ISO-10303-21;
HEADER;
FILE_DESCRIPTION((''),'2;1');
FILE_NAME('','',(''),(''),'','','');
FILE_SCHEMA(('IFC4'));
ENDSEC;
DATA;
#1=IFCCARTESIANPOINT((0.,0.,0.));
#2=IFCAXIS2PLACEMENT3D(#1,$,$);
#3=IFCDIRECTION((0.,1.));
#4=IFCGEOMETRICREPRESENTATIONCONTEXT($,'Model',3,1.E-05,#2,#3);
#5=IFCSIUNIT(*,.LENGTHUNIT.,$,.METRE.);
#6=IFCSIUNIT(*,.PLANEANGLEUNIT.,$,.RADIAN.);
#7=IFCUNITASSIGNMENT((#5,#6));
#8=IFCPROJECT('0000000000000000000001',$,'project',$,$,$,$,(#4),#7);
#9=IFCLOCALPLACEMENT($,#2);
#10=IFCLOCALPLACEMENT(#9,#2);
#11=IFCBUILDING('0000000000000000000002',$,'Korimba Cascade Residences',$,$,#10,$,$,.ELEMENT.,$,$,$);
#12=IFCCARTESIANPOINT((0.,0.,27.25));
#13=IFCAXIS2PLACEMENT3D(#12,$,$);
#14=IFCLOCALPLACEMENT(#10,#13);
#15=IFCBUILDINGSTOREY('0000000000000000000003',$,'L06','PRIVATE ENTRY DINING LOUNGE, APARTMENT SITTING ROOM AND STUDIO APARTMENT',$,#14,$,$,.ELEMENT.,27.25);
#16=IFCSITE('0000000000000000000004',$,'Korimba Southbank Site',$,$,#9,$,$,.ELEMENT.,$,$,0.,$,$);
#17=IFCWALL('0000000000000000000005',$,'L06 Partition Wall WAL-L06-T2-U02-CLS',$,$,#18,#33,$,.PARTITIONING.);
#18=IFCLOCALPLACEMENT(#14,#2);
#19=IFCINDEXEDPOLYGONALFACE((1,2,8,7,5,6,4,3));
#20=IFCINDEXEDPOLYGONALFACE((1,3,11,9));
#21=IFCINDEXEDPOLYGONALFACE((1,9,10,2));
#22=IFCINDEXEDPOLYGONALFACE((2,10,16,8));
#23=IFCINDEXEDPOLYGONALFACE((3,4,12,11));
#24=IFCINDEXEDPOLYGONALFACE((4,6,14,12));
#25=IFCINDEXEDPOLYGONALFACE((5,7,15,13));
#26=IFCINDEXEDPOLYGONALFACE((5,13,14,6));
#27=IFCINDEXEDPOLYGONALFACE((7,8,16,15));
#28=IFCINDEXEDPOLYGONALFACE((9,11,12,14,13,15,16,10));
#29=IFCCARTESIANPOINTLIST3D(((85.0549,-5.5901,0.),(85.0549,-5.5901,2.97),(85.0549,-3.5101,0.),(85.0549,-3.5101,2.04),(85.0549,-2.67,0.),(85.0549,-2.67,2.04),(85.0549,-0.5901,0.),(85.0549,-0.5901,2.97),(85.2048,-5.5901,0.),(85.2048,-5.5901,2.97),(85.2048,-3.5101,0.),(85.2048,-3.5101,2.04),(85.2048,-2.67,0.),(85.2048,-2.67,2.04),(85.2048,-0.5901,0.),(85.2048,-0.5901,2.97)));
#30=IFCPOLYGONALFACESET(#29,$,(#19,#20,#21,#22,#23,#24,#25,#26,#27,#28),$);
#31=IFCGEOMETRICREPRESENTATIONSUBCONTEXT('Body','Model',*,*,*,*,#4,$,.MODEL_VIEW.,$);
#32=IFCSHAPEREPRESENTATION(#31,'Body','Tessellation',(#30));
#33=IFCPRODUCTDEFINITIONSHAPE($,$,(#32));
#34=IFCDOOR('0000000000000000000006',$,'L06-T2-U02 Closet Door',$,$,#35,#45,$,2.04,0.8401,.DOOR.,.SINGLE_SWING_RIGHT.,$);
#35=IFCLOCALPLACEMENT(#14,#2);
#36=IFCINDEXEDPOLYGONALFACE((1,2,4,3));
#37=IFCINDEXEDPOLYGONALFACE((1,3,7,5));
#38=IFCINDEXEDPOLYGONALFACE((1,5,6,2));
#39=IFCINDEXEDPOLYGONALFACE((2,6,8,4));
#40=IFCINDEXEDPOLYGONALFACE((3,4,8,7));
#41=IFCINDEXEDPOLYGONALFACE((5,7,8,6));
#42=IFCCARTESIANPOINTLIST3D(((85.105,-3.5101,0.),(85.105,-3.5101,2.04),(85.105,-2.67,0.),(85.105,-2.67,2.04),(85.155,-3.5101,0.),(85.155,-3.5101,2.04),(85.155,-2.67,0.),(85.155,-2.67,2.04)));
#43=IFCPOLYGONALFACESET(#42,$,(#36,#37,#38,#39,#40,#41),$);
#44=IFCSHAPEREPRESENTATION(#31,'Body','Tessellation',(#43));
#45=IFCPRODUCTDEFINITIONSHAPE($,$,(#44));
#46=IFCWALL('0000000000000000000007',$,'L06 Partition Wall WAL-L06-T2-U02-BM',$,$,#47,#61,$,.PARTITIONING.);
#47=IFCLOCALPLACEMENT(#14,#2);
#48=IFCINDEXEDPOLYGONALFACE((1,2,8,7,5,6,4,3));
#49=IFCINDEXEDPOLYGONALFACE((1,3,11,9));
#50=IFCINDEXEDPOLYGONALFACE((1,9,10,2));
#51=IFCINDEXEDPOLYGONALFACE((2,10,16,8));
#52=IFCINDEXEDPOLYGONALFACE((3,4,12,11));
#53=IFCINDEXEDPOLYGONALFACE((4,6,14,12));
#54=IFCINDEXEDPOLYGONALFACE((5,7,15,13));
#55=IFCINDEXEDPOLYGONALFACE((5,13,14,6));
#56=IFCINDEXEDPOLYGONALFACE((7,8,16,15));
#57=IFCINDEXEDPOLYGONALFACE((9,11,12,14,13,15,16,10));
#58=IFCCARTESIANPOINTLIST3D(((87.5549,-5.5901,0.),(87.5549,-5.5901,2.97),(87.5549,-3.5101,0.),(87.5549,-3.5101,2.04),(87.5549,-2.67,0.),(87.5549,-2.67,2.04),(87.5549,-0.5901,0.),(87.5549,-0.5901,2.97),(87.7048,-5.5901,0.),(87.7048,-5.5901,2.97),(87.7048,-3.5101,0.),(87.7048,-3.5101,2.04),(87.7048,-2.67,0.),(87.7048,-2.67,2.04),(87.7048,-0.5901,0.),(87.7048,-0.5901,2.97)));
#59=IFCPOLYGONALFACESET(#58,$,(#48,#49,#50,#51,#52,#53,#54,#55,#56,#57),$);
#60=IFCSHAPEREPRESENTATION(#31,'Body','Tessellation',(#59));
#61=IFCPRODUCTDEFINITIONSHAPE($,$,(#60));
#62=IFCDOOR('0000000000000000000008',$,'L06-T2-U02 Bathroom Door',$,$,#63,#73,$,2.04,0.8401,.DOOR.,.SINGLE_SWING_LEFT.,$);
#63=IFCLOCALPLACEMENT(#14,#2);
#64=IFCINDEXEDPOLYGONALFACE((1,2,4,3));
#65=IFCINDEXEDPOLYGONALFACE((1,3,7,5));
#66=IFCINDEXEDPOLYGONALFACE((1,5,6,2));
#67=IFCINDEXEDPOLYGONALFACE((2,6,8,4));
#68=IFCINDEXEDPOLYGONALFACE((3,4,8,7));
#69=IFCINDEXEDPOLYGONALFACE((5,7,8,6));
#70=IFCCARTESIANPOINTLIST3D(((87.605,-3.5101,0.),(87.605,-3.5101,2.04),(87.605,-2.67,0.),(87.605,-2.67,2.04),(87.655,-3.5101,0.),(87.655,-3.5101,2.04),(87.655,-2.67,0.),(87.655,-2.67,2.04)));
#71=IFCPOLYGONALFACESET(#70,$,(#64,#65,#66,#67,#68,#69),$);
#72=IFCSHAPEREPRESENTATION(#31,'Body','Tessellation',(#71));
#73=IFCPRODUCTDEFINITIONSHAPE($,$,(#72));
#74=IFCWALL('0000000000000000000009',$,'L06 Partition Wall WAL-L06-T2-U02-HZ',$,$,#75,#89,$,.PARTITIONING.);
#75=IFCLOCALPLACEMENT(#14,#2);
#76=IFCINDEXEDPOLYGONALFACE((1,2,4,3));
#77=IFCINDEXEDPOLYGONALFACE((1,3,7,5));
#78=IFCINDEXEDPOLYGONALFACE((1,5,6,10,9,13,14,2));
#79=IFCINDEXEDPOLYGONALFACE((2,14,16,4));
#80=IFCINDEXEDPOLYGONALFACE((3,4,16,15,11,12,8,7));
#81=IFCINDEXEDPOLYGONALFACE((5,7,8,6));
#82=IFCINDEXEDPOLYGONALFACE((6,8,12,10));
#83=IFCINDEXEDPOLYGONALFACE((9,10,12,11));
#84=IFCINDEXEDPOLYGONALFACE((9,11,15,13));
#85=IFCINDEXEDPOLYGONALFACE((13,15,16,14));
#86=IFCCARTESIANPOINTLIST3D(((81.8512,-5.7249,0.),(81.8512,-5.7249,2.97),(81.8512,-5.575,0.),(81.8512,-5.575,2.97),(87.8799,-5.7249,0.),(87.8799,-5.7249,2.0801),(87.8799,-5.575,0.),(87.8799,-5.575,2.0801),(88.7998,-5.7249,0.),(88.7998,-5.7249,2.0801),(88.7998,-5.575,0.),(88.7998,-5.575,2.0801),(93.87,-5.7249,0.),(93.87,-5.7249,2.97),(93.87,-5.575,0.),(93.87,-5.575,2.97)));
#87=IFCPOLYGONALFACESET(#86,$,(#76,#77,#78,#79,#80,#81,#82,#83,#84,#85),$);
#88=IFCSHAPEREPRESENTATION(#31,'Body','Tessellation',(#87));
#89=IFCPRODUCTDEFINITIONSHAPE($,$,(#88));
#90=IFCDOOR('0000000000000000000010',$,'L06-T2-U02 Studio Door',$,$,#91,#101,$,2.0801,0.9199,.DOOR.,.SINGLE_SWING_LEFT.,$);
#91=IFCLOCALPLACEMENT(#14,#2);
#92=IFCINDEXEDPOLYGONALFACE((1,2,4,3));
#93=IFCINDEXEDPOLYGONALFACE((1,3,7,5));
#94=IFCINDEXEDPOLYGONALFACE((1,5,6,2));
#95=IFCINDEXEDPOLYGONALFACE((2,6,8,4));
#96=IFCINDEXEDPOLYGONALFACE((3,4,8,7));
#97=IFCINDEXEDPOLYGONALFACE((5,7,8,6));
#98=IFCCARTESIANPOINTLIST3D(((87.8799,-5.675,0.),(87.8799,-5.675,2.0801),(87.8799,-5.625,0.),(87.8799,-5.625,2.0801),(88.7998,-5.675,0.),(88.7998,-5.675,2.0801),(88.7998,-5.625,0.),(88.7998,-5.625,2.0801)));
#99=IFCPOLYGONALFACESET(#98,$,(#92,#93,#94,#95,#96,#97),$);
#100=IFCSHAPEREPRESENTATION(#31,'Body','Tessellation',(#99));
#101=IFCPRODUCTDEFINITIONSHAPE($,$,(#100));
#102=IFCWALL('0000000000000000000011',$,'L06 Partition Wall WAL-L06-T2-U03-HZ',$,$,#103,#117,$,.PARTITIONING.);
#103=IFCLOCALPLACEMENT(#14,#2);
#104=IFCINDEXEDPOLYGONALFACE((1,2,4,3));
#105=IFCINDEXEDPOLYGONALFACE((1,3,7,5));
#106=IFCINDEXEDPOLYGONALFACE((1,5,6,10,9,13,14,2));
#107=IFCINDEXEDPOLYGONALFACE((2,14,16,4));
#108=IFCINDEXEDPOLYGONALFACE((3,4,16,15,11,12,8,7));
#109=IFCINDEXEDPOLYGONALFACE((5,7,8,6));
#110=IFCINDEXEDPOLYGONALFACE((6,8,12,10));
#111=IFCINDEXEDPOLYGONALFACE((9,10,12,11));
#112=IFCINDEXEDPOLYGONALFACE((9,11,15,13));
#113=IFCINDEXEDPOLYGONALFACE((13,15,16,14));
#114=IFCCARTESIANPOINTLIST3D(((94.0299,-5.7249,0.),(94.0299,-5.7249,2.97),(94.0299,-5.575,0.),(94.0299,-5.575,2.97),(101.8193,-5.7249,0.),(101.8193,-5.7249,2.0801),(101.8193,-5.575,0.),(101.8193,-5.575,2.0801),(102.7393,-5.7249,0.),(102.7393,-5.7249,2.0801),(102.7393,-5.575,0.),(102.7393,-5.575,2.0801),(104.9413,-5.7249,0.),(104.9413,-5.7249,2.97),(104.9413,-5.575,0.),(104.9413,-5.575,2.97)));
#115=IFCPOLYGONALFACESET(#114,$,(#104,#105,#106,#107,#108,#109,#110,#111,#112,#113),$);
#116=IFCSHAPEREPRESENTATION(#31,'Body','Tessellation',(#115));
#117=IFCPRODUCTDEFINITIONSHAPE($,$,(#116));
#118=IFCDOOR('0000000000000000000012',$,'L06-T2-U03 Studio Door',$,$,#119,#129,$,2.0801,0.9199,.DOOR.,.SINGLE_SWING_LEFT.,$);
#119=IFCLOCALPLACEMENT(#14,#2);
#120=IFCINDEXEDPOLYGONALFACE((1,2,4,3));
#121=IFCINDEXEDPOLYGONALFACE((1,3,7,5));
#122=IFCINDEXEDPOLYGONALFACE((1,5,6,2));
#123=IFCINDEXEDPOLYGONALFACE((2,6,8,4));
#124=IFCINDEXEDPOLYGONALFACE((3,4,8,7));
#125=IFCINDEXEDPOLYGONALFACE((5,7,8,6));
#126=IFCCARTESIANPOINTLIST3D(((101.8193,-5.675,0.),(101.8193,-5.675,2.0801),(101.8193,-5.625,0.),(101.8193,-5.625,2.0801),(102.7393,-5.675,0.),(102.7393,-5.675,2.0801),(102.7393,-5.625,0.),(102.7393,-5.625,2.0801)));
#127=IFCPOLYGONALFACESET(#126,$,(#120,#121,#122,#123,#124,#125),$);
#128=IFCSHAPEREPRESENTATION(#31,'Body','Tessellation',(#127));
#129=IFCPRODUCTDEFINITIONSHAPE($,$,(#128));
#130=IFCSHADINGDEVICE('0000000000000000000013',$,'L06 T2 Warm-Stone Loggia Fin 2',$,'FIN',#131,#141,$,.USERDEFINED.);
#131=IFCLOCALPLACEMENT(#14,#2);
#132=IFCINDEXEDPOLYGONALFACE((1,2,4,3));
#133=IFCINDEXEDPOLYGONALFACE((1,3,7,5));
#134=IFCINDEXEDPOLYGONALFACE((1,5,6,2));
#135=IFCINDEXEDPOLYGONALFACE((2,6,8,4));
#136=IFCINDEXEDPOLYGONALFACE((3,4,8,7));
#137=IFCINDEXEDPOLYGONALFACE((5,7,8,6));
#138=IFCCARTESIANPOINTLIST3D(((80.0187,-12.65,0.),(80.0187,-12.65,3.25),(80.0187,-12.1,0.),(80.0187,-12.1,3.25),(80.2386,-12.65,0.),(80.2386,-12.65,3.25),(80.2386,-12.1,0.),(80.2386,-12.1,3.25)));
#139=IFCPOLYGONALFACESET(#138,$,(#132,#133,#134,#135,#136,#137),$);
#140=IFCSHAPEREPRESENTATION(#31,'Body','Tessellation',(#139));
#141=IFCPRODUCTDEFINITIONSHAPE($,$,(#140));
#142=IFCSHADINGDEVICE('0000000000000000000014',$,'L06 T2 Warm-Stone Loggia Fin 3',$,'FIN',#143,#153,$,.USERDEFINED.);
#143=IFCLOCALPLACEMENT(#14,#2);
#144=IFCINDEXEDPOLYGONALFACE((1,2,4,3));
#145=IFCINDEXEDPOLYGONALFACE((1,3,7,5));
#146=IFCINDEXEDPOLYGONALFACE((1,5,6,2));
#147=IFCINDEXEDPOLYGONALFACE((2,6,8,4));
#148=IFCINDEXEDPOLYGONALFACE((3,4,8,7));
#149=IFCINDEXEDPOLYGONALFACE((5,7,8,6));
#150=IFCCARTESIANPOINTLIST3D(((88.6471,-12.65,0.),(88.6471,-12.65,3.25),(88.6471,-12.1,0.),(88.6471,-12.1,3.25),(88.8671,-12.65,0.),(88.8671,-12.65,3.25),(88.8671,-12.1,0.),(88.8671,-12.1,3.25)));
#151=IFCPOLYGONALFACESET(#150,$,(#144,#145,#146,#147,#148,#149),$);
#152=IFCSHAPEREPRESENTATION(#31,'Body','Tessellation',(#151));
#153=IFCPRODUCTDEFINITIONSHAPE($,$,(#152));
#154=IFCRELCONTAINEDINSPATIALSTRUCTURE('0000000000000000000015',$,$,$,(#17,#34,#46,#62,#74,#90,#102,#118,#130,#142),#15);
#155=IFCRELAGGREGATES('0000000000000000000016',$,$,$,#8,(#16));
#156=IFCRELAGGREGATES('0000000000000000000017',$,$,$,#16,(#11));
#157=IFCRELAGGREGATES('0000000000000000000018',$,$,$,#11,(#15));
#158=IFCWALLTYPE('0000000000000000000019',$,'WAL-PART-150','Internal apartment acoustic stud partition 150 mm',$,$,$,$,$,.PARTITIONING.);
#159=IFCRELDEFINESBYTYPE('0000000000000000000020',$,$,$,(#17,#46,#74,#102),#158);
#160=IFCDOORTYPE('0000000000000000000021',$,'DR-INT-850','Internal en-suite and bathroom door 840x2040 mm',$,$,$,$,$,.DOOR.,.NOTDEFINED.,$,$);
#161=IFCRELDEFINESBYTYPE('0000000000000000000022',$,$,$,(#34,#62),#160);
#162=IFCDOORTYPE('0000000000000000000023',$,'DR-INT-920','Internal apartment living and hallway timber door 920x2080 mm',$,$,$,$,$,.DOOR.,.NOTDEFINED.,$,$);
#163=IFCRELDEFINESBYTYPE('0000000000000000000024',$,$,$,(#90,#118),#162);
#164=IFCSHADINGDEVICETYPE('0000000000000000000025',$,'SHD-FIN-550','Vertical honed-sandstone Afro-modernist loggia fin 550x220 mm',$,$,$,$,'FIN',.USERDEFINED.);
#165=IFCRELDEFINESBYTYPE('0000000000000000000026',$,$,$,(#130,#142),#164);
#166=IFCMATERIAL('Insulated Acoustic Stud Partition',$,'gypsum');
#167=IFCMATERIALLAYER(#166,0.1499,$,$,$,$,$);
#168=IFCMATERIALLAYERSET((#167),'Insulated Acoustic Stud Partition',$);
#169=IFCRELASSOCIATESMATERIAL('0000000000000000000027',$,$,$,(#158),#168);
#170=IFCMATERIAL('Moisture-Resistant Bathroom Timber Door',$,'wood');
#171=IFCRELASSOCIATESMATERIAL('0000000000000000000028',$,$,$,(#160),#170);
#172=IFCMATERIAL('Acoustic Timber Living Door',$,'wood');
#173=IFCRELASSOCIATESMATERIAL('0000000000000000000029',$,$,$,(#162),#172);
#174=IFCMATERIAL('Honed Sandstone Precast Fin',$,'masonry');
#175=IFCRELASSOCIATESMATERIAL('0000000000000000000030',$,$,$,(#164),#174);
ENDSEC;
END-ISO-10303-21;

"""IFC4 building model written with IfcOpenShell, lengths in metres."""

from ifc_helpers import new_model, si_unit, direction, frame, frame_2d, origin, origin_2d, place, context, subcontext, project, spatial, rectangle, extrude, material, layer, layer_set, type_object, element, fill, save


model = new_model("IFC4")

# Units and contexts
model_context = context("Model", 3, precision=1e-05, world=origin(), true_north=direction((0.0, 1.0)))
body_context = subcontext(model_context, "Body", "Model", "MODEL_VIEW")
ifc_project = project(units=[si_unit("LENGTHUNIT", "METRE"), si_unit("PLANEANGLEUNIT", "RADIAN")], contexts=[model_context])

# Site, building, storey
site_placement = place(None, origin())
site = spatial("IfcSite", under=ifc_project, at=site_placement, Name="Korimba Southbank Site", CompositionType="ELEMENT", RefElevation=0.0)
building_placement = place(site_placement, origin())
building = spatial("IfcBuilding", under=site, at=building_placement, Name="Korimba Cascade Residences", CompositionType="ELEMENT")
storey_placement = place(building_placement, frame((0.0, 0.0, 27.25)))
storey = spatial("IfcBuildingStorey", under=building, at=storey_placement, Name="L06", Description="PRIVATE ENTRY DINING LOUNGE, APARTMENT SITTING ROOM AND STUDIO APARTMENT", CompositionType="ELEMENT", Elevation=27.25)

# Walls, openings, doors
ifc_material_1 = material(Name="Insulated Acoustic Stud Partition", Category="gypsum")
ifc_layer_1 = layer(ifc_material_1, 0.1499)
ifc_layer_set_1 = layer_set([ifc_layer_1], Name="Insulated Acoustic Stud Partition")
wall_type_1 = type_object("IfcWallType", Name="WAL-PART-150", Description="Internal apartment acoustic stud partition 150 mm", PredefinedType="PARTITIONING", material=ifc_layer_set_1)
wall_1_placement = place(storey_placement, frame((85.1299, -5.5901, 0.0), z_axis=(0.0, 0.0, 1.0), x_axis=(0.0, 1.0, 0.0)))
wall_1 = element("IfcWall", 1, at=wall_1_placement, inside=storey, type_object=wall_type_1, Name="L06 Partition Wall WAL-L06-T2-U02-CLS", PredefinedType="PARTITIONING", context=body_context, shape_type="SweptSolid", body=[
    extrude(rectangle(XDim=5.0, YDim=0.1499, at=frame_2d((2.5, 0.0))), origin(), (0.0, 0.0, 1.0), 2.97),
])
opening_1_placement = place(wall_1_placement, frame((2.0801, 0.0, 0.0)))
opening_1 = element("IfcOpeningElement", 2, at=opening_1_placement, cuts=wall_1, PredefinedType="OPENING", context=body_context, shape_type="SweptSolid", body=[
    extrude(rectangle(XDim=0.8401, YDim=2.04, at=frame_2d((0.4199, 1.02))), frame((0.0, 0.085, 0.0), z_axis=(0.0, -1.0, 0.0), x_axis=(1.0, 0.0, 0.0)), (0.0, 0.0, 1.0), 0.1699),
])
ifc_material_2 = material(Name="Moisture-Resistant Bathroom Timber Door", Category="wood")
door_type_1 = type_object("IfcDoorType", Name="DR-INT-850", Description="Internal en-suite and bathroom door 840x2040 mm", OperationType="NOTDEFINED", PredefinedType="DOOR", material=ifc_material_2)
door_1_placement = place(opening_1_placement, origin())
door_1 = element("IfcDoor", 3, at=door_1_placement, inside=storey, type_object=door_type_1, Name="L06-T2-U02 Closet Door", OperationType="SINGLE_SWING_RIGHT", OverallHeight=2.04, OverallWidth=0.8401, PredefinedType="DOOR", context=body_context, shape_type="SweptSolid", body=[
    extrude(rectangle(XDim=0.8401, YDim=2.04, at=frame_2d((0.4199, 1.02))), frame((0.0, 0.0249, 0.0), z_axis=(0.0, -1.0, 0.0), x_axis=(1.0, 0.0, 0.0)), (0.0, 0.0, 1.0), 0.05),
])
fill(opening_1, door_1)
wall_2_placement = place(storey_placement, frame((87.6299, -5.5901, 0.0), z_axis=(0.0, 0.0, 1.0), x_axis=(0.0, 1.0, 0.0)))
wall_2 = element("IfcWall", 4, at=wall_2_placement, inside=storey, type_object=wall_type_1, Name="L06 Partition Wall WAL-L06-T2-U02-BM", PredefinedType="PARTITIONING", context=body_context, shape_type="SweptSolid", body=[
    extrude(rectangle(XDim=5.0, YDim=0.1499, at=frame_2d((2.5, 0.0))), origin(), (0.0, 0.0, 1.0), 2.97),
])
opening_2_placement = place(wall_2_placement, frame((2.0801, 0.0, 0.0)))
opening_2 = element("IfcOpeningElement", 5, at=opening_2_placement, cuts=wall_2, PredefinedType="OPENING", context=body_context, shape_type="SweptSolid", body=[
    extrude(rectangle(XDim=0.8401, YDim=2.04, at=frame_2d((0.4199, 1.02))), frame((0.0, 0.085, 0.0), z_axis=(0.0, -1.0, 0.0), x_axis=(1.0, 0.0, 0.0)), (0.0, 0.0, 1.0), 0.1699),
])
door_2_placement = place(opening_2_placement, origin())
door_2 = element("IfcDoor", 6, at=door_2_placement, inside=storey, type_object=door_type_1, Name="L06-T2-U02 Bathroom Door", OperationType="SINGLE_SWING_LEFT", OverallHeight=2.04, OverallWidth=0.8401, PredefinedType="DOOR", context=body_context, shape_type="SweptSolid", body=[
    extrude(rectangle(XDim=0.8401, YDim=2.04, at=frame_2d((0.4199, 1.02))), frame((0.0, 0.0249, 0.0), z_axis=(0.0, -1.0, 0.0), x_axis=(1.0, 0.0, 0.0)), (0.0, 0.0, 1.0), 0.05),
])
fill(opening_2, door_2)
wall_3_placement = place(storey_placement, frame((81.8513, -5.6499, 0.0), z_axis=(0.0, 0.0, 1.0), x_axis=(1.0, 0.0, 0.0)))
wall_3 = element("IfcWall", 7, at=wall_3_placement, inside=storey, type_object=wall_type_1, Name="L06 Partition Wall WAL-L06-T2-U02-HZ", PredefinedType="PARTITIONING", context=body_context, shape_type="SweptSolid", body=[
    extrude(rectangle(XDim=12.0188, YDim=0.1499, at=frame_2d((6.0093, 0.0))), origin(), (0.0, 0.0, 1.0), 2.97),
])
opening_3_placement = place(wall_3_placement, frame((6.0286, 0.0, 0.0)))
opening_3 = element("IfcOpeningElement", 8, at=opening_3_placement, cuts=wall_3, PredefinedType="OPENING", context=body_context, shape_type="SweptSolid", body=[
    extrude(rectangle(XDim=0.9199, YDim=2.0801, at=frame_2d((0.46, 1.04))), frame((0.0, 0.085, 0.0), z_axis=(0.0, -1.0, 0.0), x_axis=(1.0, 0.0, 0.0)), (0.0, 0.0, 1.0), 0.1699),
])
ifc_material_3 = material(Name="Acoustic Timber Living Door", Category="wood")
door_type_2 = type_object("IfcDoorType", Name="DR-INT-920", Description="Internal apartment living and hallway timber door 920x2080 mm", OperationType="NOTDEFINED", PredefinedType="DOOR", material=ifc_material_3)
door_3_placement = place(opening_3_placement, origin())
door_3 = element("IfcDoor", 9, at=door_3_placement, inside=storey, type_object=door_type_2, Name="L06-T2-U02 Studio Door", OperationType="SINGLE_SWING_LEFT", OverallHeight=2.0801, OverallWidth=0.9199, PredefinedType="DOOR", context=body_context, shape_type="SweptSolid", body=[
    extrude(rectangle(XDim=0.9199, YDim=2.0801, at=frame_2d((0.46, 1.04))), frame((0.0, 0.0249, 0.0), z_axis=(0.0, -1.0, 0.0), x_axis=(1.0, 0.0, 0.0)), (0.0, 0.0, 1.0), 0.05),
])
fill(opening_3, door_3)
wall_4_placement = place(storey_placement, frame((94.03, -5.6499, 0.0), z_axis=(0.0, 0.0, 1.0), x_axis=(1.0, 0.0, 0.0)))
wall_4 = element("IfcWall", 10, at=wall_4_placement, inside=storey, type_object=wall_type_1, Name="L06 Partition Wall WAL-L06-T2-U03-HZ", PredefinedType="PARTITIONING", context=body_context, shape_type="SweptSolid", body=[
    extrude(rectangle(XDim=10.9114, YDim=0.1499, at=frame_2d((5.4556, 0.0))), origin(), (0.0, 0.0, 1.0), 2.97),
])
opening_4_placement = place(wall_4_placement, frame((7.7893, 0.0, 0.0)))
opening_4 = element("IfcOpeningElement", 11, at=opening_4_placement, cuts=wall_4, PredefinedType="OPENING", context=body_context, shape_type="SweptSolid", body=[
    extrude(rectangle(XDim=0.9199, YDim=2.0801, at=frame_2d((0.46, 1.04))), frame((0.0, 0.085, 0.0), z_axis=(0.0, -1.0, 0.0), x_axis=(1.0, 0.0, 0.0)), (0.0, 0.0, 1.0), 0.1699),
])
door_4_placement = place(opening_4_placement, origin())
door_4 = element("IfcDoor", 12, at=door_4_placement, inside=storey, type_object=door_type_2, Name="L06-T2-U03 Studio Door", OperationType="SINGLE_SWING_LEFT", OverallHeight=2.0801, OverallWidth=0.9199, PredefinedType="DOOR", context=body_context, shape_type="SweptSolid", body=[
    extrude(rectangle(XDim=0.9199, YDim=2.0801, at=frame_2d((0.46, 1.04))), frame((0.0, 0.0249, 0.0), z_axis=(0.0, -1.0, 0.0), x_axis=(1.0, 0.0, 0.0)), (0.0, 0.0, 1.0), 0.05),
])
fill(opening_4, door_4)

# Shading devices
ifc_material_4 = material(Name="Honed Sandstone Precast Fin", Category="masonry")
shading_device_type = type_object("IfcShadingDeviceType", Name="SHD-FIN-550", Description="Vertical honed-sandstone Afro-modernist loggia fin 550x220 mm", ElementType="FIN", PredefinedType="USERDEFINED", material=ifc_material_4)
for number, where, z_axis, x_axis, name in (
    (13, (80.1287, -12.375, 0.0), (0.0, 0.0, 1.0), (1.0, 0.0, 0.0), "L06 T2 Warm-Stone Loggia Fin 2"),
    (14, (88.7571, -12.375, 0.0), (0.0, 0.0, 1.0), (1.0, 0.0, 0.0), "L06 T2 Warm-Stone Loggia Fin 3"),
):
    element("IfcShadingDevice", number, at=place(storey_placement, frame(where, z_axis=z_axis, x_axis=x_axis)), inside=storey, type_object=shading_device_type, Name=name, ObjectType="FIN", PredefinedType="USERDEFINED", context=body_context, shape_type="SweptSolid", body=[
        extrude(rectangle(XDim=0.22, YDim=0.55, at=origin_2d()), origin(), (0.0, 0.0, 1.0), 3.25),
    ])

save(model, "model.ifc")
